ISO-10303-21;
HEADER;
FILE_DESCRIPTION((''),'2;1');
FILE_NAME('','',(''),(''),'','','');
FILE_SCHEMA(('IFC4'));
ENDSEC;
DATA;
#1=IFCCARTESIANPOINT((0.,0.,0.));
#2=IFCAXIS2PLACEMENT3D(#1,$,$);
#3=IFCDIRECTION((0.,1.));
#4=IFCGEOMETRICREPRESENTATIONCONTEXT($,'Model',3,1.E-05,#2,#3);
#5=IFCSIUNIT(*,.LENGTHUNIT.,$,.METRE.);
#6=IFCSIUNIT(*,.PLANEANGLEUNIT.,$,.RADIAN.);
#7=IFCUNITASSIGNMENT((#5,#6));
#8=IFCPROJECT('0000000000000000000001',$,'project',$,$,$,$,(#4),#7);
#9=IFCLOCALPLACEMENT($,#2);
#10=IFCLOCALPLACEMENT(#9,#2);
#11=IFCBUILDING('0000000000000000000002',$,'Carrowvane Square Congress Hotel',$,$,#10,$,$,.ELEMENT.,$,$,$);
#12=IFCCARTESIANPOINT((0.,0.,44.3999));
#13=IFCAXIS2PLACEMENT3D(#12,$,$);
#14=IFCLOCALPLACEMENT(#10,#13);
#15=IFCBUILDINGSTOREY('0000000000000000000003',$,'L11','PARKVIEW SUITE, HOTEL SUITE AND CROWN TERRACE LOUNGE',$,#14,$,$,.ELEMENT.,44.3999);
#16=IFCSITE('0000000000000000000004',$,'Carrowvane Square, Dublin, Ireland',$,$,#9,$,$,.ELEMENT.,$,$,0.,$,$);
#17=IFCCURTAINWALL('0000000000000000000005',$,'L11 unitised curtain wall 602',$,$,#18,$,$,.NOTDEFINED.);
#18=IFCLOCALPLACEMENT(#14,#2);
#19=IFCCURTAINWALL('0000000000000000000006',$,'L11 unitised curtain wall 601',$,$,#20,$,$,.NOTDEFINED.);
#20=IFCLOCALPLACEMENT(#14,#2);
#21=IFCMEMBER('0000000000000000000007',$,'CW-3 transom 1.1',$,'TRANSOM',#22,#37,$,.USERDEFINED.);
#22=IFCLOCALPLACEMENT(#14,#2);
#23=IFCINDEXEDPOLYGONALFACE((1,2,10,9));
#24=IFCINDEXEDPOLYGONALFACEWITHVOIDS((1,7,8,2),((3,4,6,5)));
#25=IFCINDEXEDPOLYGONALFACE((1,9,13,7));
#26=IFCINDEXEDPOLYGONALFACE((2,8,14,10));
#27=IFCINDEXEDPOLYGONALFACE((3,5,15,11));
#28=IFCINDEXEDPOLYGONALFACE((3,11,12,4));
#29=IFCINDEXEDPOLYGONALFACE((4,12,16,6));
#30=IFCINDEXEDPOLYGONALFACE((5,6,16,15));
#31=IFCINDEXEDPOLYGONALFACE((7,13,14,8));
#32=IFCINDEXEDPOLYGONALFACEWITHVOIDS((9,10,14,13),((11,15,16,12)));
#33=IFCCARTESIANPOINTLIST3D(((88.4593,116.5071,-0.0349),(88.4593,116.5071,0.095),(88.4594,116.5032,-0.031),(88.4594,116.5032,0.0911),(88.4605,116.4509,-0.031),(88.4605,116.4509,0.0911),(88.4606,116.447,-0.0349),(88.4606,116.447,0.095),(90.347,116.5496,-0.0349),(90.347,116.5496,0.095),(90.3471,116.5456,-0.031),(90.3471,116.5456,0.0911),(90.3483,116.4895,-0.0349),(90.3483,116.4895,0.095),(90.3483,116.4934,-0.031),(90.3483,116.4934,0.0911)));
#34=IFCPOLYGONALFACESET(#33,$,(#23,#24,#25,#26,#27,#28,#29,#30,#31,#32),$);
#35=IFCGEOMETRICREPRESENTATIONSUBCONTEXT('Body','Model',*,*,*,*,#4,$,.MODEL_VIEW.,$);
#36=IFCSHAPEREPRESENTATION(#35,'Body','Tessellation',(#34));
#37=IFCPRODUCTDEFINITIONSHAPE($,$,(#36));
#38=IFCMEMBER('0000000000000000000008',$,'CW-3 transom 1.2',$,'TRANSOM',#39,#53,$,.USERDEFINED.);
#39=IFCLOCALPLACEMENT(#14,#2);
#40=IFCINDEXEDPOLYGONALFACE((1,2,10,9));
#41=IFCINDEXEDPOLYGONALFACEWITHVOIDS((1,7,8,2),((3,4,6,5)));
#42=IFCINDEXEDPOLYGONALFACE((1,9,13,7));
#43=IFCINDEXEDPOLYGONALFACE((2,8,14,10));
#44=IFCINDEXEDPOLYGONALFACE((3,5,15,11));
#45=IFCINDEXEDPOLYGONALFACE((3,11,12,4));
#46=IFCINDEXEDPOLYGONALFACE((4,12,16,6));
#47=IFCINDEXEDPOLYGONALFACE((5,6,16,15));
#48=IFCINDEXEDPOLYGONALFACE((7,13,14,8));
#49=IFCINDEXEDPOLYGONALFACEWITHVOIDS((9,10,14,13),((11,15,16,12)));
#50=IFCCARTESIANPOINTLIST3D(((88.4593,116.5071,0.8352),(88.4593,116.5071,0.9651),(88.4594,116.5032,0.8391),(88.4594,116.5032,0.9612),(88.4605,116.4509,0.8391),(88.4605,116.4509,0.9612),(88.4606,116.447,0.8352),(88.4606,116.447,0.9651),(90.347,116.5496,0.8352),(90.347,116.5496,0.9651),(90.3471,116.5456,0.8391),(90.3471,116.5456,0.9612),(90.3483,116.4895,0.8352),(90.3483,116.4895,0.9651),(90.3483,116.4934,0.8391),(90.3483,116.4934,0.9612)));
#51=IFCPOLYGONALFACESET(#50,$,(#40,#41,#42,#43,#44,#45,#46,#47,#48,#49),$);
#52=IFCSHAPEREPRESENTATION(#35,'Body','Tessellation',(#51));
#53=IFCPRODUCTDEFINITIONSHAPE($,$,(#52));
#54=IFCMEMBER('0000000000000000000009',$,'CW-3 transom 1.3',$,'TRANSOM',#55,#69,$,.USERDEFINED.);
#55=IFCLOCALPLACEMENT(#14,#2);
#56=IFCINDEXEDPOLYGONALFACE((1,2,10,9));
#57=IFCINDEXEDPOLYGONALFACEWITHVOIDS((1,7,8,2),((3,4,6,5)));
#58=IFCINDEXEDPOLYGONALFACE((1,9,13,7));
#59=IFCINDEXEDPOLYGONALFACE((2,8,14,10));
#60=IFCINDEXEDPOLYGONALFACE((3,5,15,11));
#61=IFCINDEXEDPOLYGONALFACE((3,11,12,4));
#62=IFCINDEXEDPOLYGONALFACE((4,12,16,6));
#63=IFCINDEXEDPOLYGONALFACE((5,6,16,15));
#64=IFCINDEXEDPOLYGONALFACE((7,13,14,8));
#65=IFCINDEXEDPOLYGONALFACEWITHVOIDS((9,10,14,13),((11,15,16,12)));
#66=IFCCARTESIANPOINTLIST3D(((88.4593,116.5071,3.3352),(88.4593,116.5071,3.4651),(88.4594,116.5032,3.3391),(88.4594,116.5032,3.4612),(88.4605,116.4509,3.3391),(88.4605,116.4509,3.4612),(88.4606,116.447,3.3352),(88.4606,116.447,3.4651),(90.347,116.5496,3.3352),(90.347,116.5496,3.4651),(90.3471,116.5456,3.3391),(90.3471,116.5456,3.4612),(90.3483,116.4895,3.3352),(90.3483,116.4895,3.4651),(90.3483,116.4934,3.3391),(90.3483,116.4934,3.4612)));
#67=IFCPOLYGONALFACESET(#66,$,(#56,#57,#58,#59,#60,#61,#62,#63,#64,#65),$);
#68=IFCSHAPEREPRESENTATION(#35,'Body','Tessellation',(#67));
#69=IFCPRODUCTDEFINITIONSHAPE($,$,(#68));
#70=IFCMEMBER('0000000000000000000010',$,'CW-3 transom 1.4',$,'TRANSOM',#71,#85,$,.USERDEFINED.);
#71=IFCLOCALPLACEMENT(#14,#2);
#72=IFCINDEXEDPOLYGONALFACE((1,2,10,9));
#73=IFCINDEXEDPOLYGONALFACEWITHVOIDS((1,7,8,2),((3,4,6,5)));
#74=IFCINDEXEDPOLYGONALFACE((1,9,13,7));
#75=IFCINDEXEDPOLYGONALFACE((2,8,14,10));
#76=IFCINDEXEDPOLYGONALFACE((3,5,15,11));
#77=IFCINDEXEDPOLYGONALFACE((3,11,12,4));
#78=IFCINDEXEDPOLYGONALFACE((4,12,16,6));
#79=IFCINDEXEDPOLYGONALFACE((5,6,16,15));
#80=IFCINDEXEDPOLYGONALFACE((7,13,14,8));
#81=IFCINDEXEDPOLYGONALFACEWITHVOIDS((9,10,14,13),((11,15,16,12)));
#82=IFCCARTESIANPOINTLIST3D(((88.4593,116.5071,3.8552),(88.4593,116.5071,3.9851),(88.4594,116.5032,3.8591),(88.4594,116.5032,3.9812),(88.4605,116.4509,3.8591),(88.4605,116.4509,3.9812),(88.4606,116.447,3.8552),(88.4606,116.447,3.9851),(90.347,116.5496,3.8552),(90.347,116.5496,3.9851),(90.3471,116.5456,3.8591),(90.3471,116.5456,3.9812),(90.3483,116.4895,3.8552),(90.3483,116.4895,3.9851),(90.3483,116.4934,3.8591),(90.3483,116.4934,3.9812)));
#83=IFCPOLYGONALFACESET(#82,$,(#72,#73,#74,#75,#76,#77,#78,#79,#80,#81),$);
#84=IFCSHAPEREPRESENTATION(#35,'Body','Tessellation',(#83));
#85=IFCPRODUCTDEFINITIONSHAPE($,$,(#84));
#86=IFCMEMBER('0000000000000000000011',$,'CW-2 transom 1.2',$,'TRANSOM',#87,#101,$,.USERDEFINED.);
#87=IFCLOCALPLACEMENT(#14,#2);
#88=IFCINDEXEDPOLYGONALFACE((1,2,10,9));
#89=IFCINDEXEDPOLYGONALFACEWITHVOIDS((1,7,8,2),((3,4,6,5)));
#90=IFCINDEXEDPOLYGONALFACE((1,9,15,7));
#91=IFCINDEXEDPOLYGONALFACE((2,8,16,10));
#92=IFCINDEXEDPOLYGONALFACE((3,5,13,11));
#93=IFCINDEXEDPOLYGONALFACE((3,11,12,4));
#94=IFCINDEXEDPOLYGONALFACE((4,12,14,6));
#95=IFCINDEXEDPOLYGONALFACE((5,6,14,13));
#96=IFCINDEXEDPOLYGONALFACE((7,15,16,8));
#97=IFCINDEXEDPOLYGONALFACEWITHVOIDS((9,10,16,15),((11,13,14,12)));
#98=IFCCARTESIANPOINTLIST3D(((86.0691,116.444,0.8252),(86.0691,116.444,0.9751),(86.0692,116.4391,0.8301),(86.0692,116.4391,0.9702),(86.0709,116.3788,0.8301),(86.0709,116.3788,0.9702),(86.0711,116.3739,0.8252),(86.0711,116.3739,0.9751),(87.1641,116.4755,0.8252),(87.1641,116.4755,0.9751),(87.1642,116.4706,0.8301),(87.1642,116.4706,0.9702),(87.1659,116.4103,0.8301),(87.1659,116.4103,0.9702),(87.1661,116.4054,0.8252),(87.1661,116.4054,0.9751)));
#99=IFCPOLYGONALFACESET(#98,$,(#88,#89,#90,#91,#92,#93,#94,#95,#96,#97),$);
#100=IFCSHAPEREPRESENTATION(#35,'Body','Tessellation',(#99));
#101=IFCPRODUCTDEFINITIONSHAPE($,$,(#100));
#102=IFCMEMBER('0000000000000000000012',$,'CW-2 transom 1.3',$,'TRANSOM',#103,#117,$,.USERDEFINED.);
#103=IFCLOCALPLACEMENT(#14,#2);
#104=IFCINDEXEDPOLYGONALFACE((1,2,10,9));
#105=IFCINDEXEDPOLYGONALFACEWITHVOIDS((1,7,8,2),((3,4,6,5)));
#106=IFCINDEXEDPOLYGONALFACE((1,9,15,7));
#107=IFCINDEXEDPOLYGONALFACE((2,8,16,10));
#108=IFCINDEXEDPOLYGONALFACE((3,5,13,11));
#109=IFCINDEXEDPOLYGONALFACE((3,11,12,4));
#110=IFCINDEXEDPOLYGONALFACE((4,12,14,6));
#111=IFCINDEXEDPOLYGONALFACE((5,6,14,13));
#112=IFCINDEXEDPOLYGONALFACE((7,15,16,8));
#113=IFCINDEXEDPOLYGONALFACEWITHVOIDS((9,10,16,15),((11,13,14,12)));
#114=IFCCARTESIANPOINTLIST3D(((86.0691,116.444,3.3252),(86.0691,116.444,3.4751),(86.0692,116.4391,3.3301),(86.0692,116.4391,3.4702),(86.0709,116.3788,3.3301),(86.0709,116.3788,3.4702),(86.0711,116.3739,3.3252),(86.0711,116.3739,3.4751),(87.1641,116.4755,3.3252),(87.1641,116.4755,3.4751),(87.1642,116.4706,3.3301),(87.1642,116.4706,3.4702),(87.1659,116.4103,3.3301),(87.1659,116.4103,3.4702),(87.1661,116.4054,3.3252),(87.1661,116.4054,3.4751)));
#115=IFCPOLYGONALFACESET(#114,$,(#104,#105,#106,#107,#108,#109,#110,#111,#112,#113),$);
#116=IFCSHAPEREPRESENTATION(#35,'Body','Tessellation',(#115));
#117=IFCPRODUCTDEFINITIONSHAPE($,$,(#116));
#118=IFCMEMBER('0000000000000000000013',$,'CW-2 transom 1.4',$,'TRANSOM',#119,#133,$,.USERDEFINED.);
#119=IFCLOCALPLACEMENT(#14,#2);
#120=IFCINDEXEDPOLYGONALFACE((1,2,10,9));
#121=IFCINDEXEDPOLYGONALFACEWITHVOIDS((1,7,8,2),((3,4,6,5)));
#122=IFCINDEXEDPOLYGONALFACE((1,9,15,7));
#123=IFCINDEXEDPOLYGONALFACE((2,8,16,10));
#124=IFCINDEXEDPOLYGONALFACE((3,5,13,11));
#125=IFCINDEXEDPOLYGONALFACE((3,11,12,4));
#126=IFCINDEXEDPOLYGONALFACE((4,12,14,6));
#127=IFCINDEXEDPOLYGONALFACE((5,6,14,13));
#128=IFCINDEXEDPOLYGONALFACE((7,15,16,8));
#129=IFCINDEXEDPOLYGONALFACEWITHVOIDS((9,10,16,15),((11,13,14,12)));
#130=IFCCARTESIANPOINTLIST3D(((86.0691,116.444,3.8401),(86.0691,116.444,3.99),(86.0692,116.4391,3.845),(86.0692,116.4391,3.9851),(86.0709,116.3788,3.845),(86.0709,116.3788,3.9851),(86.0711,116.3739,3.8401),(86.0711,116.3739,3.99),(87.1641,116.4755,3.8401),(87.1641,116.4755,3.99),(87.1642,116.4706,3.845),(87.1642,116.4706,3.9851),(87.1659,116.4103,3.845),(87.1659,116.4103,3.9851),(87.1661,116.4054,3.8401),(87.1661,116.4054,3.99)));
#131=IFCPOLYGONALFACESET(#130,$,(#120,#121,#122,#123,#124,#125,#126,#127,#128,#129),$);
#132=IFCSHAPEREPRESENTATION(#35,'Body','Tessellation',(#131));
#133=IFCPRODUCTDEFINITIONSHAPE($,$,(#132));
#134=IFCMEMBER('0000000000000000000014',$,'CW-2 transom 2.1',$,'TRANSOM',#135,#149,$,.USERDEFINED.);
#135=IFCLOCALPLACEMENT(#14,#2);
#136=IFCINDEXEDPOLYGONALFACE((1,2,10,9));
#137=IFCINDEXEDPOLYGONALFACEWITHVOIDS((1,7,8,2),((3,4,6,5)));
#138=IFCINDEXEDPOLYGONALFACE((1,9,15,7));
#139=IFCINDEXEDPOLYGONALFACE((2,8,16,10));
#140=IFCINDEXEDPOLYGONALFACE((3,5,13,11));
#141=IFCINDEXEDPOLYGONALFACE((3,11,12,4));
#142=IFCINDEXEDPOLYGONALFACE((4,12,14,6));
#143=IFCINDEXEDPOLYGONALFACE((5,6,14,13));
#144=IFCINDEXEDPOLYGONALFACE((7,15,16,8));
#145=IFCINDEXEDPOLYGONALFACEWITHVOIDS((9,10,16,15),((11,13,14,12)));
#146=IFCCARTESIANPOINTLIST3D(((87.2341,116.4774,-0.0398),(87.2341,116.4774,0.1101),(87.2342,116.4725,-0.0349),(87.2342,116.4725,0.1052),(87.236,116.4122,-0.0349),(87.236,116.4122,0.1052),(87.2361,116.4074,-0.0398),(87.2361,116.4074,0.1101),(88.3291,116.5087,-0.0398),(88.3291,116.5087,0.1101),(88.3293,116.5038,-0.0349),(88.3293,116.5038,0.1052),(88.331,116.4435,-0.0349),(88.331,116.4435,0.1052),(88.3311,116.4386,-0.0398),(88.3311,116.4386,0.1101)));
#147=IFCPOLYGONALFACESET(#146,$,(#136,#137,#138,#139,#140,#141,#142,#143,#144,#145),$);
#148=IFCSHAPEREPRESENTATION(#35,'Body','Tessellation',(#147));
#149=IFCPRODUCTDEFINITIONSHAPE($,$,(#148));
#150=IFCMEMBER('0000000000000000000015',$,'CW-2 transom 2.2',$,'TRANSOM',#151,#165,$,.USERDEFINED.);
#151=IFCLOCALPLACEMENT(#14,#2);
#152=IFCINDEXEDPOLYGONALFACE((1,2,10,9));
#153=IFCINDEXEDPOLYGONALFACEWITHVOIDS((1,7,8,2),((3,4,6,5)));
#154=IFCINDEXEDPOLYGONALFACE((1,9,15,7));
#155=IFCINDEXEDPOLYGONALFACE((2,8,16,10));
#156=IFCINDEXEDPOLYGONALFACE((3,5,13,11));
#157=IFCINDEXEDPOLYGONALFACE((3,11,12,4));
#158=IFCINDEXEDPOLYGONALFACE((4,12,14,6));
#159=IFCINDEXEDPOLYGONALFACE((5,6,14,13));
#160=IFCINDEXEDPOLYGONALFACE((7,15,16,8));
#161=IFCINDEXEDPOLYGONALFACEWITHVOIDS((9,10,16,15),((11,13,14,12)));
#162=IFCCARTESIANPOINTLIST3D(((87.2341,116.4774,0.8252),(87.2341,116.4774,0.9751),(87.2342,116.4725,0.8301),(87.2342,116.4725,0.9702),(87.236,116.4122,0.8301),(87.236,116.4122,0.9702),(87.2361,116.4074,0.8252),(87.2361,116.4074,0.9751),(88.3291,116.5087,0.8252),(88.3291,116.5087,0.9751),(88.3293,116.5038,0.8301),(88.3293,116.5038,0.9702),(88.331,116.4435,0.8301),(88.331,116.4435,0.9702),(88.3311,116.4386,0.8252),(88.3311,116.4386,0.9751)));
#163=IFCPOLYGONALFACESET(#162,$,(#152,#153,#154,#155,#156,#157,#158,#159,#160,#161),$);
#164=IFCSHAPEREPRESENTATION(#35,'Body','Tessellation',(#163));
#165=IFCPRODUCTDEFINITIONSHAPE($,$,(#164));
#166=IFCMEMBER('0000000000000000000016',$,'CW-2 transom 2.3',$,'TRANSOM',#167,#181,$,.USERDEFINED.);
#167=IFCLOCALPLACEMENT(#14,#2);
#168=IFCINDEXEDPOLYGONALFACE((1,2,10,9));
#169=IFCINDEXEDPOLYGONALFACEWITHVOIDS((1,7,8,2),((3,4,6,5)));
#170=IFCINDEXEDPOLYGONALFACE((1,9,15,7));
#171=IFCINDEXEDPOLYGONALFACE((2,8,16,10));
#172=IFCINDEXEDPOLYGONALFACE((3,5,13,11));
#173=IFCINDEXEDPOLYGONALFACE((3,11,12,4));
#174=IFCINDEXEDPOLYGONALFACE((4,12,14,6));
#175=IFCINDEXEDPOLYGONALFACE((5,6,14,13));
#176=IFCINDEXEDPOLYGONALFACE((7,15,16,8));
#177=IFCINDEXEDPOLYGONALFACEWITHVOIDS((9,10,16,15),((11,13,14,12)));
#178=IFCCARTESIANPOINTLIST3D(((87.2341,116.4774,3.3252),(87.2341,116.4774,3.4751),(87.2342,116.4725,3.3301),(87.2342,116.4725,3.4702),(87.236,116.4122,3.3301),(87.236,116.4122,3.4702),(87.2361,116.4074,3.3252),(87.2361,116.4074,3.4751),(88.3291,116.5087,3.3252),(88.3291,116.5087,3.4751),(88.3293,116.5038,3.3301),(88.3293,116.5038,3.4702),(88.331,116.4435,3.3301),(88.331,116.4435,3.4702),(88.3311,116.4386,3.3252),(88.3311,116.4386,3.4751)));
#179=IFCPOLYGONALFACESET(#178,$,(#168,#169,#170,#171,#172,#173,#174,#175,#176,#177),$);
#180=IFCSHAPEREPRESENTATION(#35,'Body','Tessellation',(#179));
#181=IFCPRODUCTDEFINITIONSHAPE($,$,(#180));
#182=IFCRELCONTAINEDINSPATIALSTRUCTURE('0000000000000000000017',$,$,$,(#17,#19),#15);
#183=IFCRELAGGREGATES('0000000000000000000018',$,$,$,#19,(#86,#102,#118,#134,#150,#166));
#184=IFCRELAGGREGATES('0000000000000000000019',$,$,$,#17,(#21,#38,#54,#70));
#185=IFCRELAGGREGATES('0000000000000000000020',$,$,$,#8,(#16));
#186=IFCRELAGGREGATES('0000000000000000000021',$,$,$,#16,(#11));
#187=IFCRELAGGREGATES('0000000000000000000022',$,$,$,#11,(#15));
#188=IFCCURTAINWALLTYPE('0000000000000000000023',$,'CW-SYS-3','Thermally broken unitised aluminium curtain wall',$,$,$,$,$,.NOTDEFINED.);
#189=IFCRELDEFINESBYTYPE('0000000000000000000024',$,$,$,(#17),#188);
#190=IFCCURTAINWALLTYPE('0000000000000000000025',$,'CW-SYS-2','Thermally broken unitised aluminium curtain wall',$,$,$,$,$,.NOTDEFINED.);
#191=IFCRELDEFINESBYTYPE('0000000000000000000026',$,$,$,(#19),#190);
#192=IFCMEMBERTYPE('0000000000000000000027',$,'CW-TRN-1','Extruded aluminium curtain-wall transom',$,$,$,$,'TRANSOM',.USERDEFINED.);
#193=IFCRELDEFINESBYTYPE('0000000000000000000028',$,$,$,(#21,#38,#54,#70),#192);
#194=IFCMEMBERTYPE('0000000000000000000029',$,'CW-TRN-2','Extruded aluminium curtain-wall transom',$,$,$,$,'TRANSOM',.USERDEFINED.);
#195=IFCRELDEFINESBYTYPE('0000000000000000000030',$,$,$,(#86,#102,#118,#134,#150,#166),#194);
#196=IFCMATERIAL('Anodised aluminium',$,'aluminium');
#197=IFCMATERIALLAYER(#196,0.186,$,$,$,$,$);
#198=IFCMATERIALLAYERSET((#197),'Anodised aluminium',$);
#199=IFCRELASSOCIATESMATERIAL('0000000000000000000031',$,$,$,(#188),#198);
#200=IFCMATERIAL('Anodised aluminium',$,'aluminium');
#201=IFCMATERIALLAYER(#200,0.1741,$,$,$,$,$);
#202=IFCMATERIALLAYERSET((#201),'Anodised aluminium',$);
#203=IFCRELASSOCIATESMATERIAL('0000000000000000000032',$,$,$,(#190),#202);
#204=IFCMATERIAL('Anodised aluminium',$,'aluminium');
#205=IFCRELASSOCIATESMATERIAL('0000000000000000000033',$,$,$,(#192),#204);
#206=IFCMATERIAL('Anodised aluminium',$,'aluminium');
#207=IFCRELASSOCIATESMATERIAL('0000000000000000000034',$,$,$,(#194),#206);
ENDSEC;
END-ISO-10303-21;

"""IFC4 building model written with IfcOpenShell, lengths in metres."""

from ifc_helpers import new_model, si_unit, direction, frame, origin, origin_2d, place, context, subcontext, project, spatial, hollow_rectangle, extrude, material, layer, layer_set, material_profile, profile_set, type_object, element, aggregate, save


model = new_model("IFC4")

# Units and contexts
model_context = context("Model", 3, precision=1e-05, world=origin(), true_north=direction((0.0, 1.0)))
body_context = subcontext(model_context, "Body", "Model", "MODEL_VIEW")
ifc_project = project(units=[si_unit("LENGTHUNIT", "METRE"), si_unit("PLANEANGLEUNIT", "RADIAN")], contexts=[model_context])

# Site, building, storey
site_placement = place(None, origin())
site = spatial("IfcSite", under=ifc_project, at=site_placement, Name="Carrowvane Square, Dublin, Ireland", CompositionType="ELEMENT", RefElevation=0.0)
building_placement = place(site_placement, origin())
building = spatial("IfcBuilding", under=site, at=building_placement, Name="Carrowvane Square Congress Hotel", CompositionType="ELEMENT")
storey_placement = place(building_placement, frame((0.0, 0.0, 44.3999)))
storey = spatial("IfcBuildingStorey", under=building, at=storey_placement, Name="L11", Description="PARKVIEW SUITE, HOTEL SUITE AND CROWN TERRACE LOUNGE", CompositionType="ELEMENT", Elevation=44.3999)

# Curtain walls
ifc_material_1 = material(Name="Anodised aluminium", Category="aluminium")
ifc_layer_1 = layer(ifc_material_1, 0.186)
ifc_layer_set_1 = layer_set([ifc_layer_1], Name="Anodised aluminium")
curtain_wall_type_1 = type_object("IfcCurtainWallType", Name="CW-SYS-3", Description="Thermally broken unitised aluminium curtain wall", PredefinedType="NOTDEFINED", material=ifc_layer_set_1)
curtain_wall_1_placement = place(storey_placement, origin())
curtain_wall_1 = element("IfcCurtainWall", 1, at=curtain_wall_1_placement, inside=storey, type_object=curtain_wall_type_1, Name="L11 unitised curtain wall 602", PredefinedType="NOTDEFINED")
ifc_material_2 = material(Name="Anodised aluminium", Category="aluminium")
ifc_layer_2 = layer(ifc_material_2, 0.1741)
ifc_layer_set_2 = layer_set([ifc_layer_2], Name="Anodised aluminium")
curtain_wall_type_2 = type_object("IfcCurtainWallType", Name="CW-SYS-2", Description="Thermally broken unitised aluminium curtain wall", PredefinedType="NOTDEFINED", material=ifc_layer_set_2)
curtain_wall_2_placement = place(storey_placement, origin())
curtain_wall_2 = element("IfcCurtainWall", 2, at=curtain_wall_2_placement, inside=storey, type_object=curtain_wall_type_2, Name="L11 unitised curtain wall 601", PredefinedType="NOTDEFINED")

# Members
ifc_material_3 = material(Name="Anodised aluminium", Category="aluminium")
ifc_material_profile_1 = material_profile(ifc_material_3, hollow_rectangle(XDim=0.0601, YDim=0.1299, WallThickness=0.0039, at=origin_2d()), Name="CW-TR 60x130x4")
ifc_profile_set_1 = profile_set([ifc_material_profile_1], Name="Anodised aluminium")
member_type_1 = type_object("IfcMemberType", Name="CW-TRN-1", Description="Extruded aluminium curtain-wall transom", ElementType="TRANSOM", PredefinedType="USERDEFINED", material=ifc_profile_set_1)
member_1_placement = place(storey_placement, frame((88.46, 116.4771, 0.03), z_axis=(0.999747, 0.022498, 0.0), x_axis=(-0.022498, 0.999747, 0.0)))
member_1 = element("IfcMember", 3, at=member_1_placement, type_object=member_type_1, Name="CW-3 transom 1.1", ObjectType="TRANSOM", PredefinedType="USERDEFINED", context=body_context, shape_type="SweptSolid", body=[
    extrude(hollow_rectangle(XDim=0.0601, YDim=0.1299, WallThickness=0.0039, at=origin_2d()), origin(), (0.0, 0.0, 1.0), 1.8882),
])
member_2_placement = place(storey_placement, frame((88.46, 116.4771, 0.9001), z_axis=(0.999747, 0.022498, 0.0), x_axis=(-0.022498, 0.999747, 0.0)))
member_2 = element("IfcMember", 4, at=member_2_placement, type_object=member_type_1, Name="CW-3 transom 1.2", ObjectType="TRANSOM", PredefinedType="USERDEFINED", context=body_context, shape_type="SweptSolid", body=[
    extrude(hollow_rectangle(XDim=0.0601, YDim=0.1299, WallThickness=0.0039, at=origin_2d()), origin(), (0.0, 0.0, 1.0), 1.8882),
])
member_3_placement = place(storey_placement, frame((88.46, 116.4771, 3.4001), z_axis=(0.999747, 0.022498, 0.0), x_axis=(-0.022498, 0.999747, 0.0)))
member_3 = element("IfcMember", 5, at=member_3_placement, type_object=member_type_1, Name="CW-3 transom 1.3", ObjectType="TRANSOM", PredefinedType="USERDEFINED", context=body_context, shape_type="SweptSolid", body=[
    extrude(hollow_rectangle(XDim=0.0601, YDim=0.1299, WallThickness=0.0039, at=origin_2d()), origin(), (0.0, 0.0, 1.0), 1.8882),
])
member_4_placement = place(storey_placement, frame((88.46, 116.4771, 3.9202), z_axis=(0.999747, 0.022498, 0.0), x_axis=(-0.022498, 0.999747, 0.0)))
member_4 = element("IfcMember", 6, at=member_4_placement, type_object=member_type_1, Name="CW-3 transom 1.4", ObjectType="TRANSOM", PredefinedType="USERDEFINED", context=body_context, shape_type="SweptSolid", body=[
    extrude(hollow_rectangle(XDim=0.0601, YDim=0.1299, WallThickness=0.0039, at=origin_2d()), origin(), (0.0, 0.0, 1.0), 1.8882),
])
ifc_material_4 = material(Name="Anodised aluminium", Category="aluminium")
ifc_material_profile_2 = material_profile(ifc_material_4, hollow_rectangle(XDim=0.0701, YDim=0.1499, WallThickness=0.0049, at=origin_2d()), Name="CW-TR 70x150x5")
ifc_profile_set_2 = profile_set([ifc_material_profile_2], Name="Anodised aluminium")
member_type_2 = type_object("IfcMemberType", Name="CW-TRN-2", Description="Extruded aluminium curtain-wall transom", ElementType="TRANSOM", PredefinedType="USERDEFINED", material=ifc_profile_set_2)
member_5_placement = place(storey_placement, frame((86.0701, 116.4089, 0.9001), z_axis=(0.999587, 0.028751, 0.0), x_axis=(-0.028751, 0.999587, 0.0)))
member_5 = element("IfcMember", 7, at=member_5_placement, type_object=member_type_2, Name="CW-2 transom 1.2", ObjectType="TRANSOM", PredefinedType="USERDEFINED", context=body_context, shape_type="SweptSolid", body=[
    extrude(hollow_rectangle(XDim=0.0701, YDim=0.1499, WallThickness=0.0049, at=origin_2d()), origin(), (0.0, 0.0, 1.0), 1.0955),
])
member_6_placement = place(storey_placement, frame((86.0701, 116.4089, 3.4001), z_axis=(0.999587, 0.028751, 0.0), x_axis=(-0.028751, 0.999587, 0.0)))
member_6 = element("IfcMember", 8, at=member_6_placement, type_object=member_type_2, Name="CW-2 transom 1.3", ObjectType="TRANSOM", PredefinedType="USERDEFINED", context=body_context, shape_type="SweptSolid", body=[
    extrude(hollow_rectangle(XDim=0.0701, YDim=0.1499, WallThickness=0.0049, at=origin_2d()), origin(), (0.0, 0.0, 1.0), 1.0955),
])
member_7_placement = place(storey_placement, frame((86.0701, 116.4089, 3.915), z_axis=(0.999587, 0.028751, 0.0), x_axis=(-0.028751, 0.999587, 0.0)))
member_7 = element("IfcMember", 9, at=member_7_placement, type_object=member_type_2, Name="CW-2 transom 1.4", ObjectType="TRANSOM", PredefinedType="USERDEFINED", context=body_context, shape_type="SweptSolid", body=[
    extrude(hollow_rectangle(XDim=0.0701, YDim=0.1499, WallThickness=0.0049, at=origin_2d()), origin(), (0.0, 0.0, 1.0), 1.0955),
])
member_8_placement = place(storey_placement, frame((87.2351, 116.4424, 0.0352), z_axis=(0.999593, 0.028528, 0.0), x_axis=(-0.028528, 0.999593, 0.0)))
member_8 = element("IfcMember", 10, at=member_8_placement, type_object=member_type_2, Name="CW-2 transom 2.1", ObjectType="TRANSOM", PredefinedType="USERDEFINED", context=body_context, shape_type="SweptSolid", body=[
    extrude(hollow_rectangle(XDim=0.0701, YDim=0.1499, WallThickness=0.0049, at=origin_2d()), origin(), (0.0, 0.0, 1.0), 1.0955),
])
member_9_placement = place(storey_placement, frame((87.2351, 116.4424, 0.9001), z_axis=(0.999593, 0.028528, 0.0), x_axis=(-0.028528, 0.999593, 0.0)))
member_9 = element("IfcMember", 11, at=member_9_placement, type_object=member_type_2, Name="CW-2 transom 2.2", ObjectType="TRANSOM", PredefinedType="USERDEFINED", context=body_context, shape_type="SweptSolid", body=[
    extrude(hollow_rectangle(XDim=0.0701, YDim=0.1499, WallThickness=0.0049, at=origin_2d()), origin(), (0.0, 0.0, 1.0), 1.0955),
])
member_10_placement = place(storey_placement, frame((87.2351, 116.4424, 3.4001), z_axis=(0.999593, 0.028528, 0.0), x_axis=(-0.028528, 0.999593, 0.0)))
member_10 = element("IfcMember", 12, at=member_10_placement, type_object=member_type_2, Name="CW-2 transom 2.3", ObjectType="TRANSOM", PredefinedType="USERDEFINED", context=body_context, shape_type="SweptSolid", body=[
    extrude(hollow_rectangle(XDim=0.0701, YDim=0.1499, WallThickness=0.0049, at=origin_2d()), origin(), (0.0, 0.0, 1.0), 1.0955),
])

aggregate(curtain_wall_2, [member_5, member_6, member_7, member_8, member_9, member_10])
aggregate(curtain_wall_1, [member_1, member_2, member_3, member_4])

save(model, "model.ifc")
